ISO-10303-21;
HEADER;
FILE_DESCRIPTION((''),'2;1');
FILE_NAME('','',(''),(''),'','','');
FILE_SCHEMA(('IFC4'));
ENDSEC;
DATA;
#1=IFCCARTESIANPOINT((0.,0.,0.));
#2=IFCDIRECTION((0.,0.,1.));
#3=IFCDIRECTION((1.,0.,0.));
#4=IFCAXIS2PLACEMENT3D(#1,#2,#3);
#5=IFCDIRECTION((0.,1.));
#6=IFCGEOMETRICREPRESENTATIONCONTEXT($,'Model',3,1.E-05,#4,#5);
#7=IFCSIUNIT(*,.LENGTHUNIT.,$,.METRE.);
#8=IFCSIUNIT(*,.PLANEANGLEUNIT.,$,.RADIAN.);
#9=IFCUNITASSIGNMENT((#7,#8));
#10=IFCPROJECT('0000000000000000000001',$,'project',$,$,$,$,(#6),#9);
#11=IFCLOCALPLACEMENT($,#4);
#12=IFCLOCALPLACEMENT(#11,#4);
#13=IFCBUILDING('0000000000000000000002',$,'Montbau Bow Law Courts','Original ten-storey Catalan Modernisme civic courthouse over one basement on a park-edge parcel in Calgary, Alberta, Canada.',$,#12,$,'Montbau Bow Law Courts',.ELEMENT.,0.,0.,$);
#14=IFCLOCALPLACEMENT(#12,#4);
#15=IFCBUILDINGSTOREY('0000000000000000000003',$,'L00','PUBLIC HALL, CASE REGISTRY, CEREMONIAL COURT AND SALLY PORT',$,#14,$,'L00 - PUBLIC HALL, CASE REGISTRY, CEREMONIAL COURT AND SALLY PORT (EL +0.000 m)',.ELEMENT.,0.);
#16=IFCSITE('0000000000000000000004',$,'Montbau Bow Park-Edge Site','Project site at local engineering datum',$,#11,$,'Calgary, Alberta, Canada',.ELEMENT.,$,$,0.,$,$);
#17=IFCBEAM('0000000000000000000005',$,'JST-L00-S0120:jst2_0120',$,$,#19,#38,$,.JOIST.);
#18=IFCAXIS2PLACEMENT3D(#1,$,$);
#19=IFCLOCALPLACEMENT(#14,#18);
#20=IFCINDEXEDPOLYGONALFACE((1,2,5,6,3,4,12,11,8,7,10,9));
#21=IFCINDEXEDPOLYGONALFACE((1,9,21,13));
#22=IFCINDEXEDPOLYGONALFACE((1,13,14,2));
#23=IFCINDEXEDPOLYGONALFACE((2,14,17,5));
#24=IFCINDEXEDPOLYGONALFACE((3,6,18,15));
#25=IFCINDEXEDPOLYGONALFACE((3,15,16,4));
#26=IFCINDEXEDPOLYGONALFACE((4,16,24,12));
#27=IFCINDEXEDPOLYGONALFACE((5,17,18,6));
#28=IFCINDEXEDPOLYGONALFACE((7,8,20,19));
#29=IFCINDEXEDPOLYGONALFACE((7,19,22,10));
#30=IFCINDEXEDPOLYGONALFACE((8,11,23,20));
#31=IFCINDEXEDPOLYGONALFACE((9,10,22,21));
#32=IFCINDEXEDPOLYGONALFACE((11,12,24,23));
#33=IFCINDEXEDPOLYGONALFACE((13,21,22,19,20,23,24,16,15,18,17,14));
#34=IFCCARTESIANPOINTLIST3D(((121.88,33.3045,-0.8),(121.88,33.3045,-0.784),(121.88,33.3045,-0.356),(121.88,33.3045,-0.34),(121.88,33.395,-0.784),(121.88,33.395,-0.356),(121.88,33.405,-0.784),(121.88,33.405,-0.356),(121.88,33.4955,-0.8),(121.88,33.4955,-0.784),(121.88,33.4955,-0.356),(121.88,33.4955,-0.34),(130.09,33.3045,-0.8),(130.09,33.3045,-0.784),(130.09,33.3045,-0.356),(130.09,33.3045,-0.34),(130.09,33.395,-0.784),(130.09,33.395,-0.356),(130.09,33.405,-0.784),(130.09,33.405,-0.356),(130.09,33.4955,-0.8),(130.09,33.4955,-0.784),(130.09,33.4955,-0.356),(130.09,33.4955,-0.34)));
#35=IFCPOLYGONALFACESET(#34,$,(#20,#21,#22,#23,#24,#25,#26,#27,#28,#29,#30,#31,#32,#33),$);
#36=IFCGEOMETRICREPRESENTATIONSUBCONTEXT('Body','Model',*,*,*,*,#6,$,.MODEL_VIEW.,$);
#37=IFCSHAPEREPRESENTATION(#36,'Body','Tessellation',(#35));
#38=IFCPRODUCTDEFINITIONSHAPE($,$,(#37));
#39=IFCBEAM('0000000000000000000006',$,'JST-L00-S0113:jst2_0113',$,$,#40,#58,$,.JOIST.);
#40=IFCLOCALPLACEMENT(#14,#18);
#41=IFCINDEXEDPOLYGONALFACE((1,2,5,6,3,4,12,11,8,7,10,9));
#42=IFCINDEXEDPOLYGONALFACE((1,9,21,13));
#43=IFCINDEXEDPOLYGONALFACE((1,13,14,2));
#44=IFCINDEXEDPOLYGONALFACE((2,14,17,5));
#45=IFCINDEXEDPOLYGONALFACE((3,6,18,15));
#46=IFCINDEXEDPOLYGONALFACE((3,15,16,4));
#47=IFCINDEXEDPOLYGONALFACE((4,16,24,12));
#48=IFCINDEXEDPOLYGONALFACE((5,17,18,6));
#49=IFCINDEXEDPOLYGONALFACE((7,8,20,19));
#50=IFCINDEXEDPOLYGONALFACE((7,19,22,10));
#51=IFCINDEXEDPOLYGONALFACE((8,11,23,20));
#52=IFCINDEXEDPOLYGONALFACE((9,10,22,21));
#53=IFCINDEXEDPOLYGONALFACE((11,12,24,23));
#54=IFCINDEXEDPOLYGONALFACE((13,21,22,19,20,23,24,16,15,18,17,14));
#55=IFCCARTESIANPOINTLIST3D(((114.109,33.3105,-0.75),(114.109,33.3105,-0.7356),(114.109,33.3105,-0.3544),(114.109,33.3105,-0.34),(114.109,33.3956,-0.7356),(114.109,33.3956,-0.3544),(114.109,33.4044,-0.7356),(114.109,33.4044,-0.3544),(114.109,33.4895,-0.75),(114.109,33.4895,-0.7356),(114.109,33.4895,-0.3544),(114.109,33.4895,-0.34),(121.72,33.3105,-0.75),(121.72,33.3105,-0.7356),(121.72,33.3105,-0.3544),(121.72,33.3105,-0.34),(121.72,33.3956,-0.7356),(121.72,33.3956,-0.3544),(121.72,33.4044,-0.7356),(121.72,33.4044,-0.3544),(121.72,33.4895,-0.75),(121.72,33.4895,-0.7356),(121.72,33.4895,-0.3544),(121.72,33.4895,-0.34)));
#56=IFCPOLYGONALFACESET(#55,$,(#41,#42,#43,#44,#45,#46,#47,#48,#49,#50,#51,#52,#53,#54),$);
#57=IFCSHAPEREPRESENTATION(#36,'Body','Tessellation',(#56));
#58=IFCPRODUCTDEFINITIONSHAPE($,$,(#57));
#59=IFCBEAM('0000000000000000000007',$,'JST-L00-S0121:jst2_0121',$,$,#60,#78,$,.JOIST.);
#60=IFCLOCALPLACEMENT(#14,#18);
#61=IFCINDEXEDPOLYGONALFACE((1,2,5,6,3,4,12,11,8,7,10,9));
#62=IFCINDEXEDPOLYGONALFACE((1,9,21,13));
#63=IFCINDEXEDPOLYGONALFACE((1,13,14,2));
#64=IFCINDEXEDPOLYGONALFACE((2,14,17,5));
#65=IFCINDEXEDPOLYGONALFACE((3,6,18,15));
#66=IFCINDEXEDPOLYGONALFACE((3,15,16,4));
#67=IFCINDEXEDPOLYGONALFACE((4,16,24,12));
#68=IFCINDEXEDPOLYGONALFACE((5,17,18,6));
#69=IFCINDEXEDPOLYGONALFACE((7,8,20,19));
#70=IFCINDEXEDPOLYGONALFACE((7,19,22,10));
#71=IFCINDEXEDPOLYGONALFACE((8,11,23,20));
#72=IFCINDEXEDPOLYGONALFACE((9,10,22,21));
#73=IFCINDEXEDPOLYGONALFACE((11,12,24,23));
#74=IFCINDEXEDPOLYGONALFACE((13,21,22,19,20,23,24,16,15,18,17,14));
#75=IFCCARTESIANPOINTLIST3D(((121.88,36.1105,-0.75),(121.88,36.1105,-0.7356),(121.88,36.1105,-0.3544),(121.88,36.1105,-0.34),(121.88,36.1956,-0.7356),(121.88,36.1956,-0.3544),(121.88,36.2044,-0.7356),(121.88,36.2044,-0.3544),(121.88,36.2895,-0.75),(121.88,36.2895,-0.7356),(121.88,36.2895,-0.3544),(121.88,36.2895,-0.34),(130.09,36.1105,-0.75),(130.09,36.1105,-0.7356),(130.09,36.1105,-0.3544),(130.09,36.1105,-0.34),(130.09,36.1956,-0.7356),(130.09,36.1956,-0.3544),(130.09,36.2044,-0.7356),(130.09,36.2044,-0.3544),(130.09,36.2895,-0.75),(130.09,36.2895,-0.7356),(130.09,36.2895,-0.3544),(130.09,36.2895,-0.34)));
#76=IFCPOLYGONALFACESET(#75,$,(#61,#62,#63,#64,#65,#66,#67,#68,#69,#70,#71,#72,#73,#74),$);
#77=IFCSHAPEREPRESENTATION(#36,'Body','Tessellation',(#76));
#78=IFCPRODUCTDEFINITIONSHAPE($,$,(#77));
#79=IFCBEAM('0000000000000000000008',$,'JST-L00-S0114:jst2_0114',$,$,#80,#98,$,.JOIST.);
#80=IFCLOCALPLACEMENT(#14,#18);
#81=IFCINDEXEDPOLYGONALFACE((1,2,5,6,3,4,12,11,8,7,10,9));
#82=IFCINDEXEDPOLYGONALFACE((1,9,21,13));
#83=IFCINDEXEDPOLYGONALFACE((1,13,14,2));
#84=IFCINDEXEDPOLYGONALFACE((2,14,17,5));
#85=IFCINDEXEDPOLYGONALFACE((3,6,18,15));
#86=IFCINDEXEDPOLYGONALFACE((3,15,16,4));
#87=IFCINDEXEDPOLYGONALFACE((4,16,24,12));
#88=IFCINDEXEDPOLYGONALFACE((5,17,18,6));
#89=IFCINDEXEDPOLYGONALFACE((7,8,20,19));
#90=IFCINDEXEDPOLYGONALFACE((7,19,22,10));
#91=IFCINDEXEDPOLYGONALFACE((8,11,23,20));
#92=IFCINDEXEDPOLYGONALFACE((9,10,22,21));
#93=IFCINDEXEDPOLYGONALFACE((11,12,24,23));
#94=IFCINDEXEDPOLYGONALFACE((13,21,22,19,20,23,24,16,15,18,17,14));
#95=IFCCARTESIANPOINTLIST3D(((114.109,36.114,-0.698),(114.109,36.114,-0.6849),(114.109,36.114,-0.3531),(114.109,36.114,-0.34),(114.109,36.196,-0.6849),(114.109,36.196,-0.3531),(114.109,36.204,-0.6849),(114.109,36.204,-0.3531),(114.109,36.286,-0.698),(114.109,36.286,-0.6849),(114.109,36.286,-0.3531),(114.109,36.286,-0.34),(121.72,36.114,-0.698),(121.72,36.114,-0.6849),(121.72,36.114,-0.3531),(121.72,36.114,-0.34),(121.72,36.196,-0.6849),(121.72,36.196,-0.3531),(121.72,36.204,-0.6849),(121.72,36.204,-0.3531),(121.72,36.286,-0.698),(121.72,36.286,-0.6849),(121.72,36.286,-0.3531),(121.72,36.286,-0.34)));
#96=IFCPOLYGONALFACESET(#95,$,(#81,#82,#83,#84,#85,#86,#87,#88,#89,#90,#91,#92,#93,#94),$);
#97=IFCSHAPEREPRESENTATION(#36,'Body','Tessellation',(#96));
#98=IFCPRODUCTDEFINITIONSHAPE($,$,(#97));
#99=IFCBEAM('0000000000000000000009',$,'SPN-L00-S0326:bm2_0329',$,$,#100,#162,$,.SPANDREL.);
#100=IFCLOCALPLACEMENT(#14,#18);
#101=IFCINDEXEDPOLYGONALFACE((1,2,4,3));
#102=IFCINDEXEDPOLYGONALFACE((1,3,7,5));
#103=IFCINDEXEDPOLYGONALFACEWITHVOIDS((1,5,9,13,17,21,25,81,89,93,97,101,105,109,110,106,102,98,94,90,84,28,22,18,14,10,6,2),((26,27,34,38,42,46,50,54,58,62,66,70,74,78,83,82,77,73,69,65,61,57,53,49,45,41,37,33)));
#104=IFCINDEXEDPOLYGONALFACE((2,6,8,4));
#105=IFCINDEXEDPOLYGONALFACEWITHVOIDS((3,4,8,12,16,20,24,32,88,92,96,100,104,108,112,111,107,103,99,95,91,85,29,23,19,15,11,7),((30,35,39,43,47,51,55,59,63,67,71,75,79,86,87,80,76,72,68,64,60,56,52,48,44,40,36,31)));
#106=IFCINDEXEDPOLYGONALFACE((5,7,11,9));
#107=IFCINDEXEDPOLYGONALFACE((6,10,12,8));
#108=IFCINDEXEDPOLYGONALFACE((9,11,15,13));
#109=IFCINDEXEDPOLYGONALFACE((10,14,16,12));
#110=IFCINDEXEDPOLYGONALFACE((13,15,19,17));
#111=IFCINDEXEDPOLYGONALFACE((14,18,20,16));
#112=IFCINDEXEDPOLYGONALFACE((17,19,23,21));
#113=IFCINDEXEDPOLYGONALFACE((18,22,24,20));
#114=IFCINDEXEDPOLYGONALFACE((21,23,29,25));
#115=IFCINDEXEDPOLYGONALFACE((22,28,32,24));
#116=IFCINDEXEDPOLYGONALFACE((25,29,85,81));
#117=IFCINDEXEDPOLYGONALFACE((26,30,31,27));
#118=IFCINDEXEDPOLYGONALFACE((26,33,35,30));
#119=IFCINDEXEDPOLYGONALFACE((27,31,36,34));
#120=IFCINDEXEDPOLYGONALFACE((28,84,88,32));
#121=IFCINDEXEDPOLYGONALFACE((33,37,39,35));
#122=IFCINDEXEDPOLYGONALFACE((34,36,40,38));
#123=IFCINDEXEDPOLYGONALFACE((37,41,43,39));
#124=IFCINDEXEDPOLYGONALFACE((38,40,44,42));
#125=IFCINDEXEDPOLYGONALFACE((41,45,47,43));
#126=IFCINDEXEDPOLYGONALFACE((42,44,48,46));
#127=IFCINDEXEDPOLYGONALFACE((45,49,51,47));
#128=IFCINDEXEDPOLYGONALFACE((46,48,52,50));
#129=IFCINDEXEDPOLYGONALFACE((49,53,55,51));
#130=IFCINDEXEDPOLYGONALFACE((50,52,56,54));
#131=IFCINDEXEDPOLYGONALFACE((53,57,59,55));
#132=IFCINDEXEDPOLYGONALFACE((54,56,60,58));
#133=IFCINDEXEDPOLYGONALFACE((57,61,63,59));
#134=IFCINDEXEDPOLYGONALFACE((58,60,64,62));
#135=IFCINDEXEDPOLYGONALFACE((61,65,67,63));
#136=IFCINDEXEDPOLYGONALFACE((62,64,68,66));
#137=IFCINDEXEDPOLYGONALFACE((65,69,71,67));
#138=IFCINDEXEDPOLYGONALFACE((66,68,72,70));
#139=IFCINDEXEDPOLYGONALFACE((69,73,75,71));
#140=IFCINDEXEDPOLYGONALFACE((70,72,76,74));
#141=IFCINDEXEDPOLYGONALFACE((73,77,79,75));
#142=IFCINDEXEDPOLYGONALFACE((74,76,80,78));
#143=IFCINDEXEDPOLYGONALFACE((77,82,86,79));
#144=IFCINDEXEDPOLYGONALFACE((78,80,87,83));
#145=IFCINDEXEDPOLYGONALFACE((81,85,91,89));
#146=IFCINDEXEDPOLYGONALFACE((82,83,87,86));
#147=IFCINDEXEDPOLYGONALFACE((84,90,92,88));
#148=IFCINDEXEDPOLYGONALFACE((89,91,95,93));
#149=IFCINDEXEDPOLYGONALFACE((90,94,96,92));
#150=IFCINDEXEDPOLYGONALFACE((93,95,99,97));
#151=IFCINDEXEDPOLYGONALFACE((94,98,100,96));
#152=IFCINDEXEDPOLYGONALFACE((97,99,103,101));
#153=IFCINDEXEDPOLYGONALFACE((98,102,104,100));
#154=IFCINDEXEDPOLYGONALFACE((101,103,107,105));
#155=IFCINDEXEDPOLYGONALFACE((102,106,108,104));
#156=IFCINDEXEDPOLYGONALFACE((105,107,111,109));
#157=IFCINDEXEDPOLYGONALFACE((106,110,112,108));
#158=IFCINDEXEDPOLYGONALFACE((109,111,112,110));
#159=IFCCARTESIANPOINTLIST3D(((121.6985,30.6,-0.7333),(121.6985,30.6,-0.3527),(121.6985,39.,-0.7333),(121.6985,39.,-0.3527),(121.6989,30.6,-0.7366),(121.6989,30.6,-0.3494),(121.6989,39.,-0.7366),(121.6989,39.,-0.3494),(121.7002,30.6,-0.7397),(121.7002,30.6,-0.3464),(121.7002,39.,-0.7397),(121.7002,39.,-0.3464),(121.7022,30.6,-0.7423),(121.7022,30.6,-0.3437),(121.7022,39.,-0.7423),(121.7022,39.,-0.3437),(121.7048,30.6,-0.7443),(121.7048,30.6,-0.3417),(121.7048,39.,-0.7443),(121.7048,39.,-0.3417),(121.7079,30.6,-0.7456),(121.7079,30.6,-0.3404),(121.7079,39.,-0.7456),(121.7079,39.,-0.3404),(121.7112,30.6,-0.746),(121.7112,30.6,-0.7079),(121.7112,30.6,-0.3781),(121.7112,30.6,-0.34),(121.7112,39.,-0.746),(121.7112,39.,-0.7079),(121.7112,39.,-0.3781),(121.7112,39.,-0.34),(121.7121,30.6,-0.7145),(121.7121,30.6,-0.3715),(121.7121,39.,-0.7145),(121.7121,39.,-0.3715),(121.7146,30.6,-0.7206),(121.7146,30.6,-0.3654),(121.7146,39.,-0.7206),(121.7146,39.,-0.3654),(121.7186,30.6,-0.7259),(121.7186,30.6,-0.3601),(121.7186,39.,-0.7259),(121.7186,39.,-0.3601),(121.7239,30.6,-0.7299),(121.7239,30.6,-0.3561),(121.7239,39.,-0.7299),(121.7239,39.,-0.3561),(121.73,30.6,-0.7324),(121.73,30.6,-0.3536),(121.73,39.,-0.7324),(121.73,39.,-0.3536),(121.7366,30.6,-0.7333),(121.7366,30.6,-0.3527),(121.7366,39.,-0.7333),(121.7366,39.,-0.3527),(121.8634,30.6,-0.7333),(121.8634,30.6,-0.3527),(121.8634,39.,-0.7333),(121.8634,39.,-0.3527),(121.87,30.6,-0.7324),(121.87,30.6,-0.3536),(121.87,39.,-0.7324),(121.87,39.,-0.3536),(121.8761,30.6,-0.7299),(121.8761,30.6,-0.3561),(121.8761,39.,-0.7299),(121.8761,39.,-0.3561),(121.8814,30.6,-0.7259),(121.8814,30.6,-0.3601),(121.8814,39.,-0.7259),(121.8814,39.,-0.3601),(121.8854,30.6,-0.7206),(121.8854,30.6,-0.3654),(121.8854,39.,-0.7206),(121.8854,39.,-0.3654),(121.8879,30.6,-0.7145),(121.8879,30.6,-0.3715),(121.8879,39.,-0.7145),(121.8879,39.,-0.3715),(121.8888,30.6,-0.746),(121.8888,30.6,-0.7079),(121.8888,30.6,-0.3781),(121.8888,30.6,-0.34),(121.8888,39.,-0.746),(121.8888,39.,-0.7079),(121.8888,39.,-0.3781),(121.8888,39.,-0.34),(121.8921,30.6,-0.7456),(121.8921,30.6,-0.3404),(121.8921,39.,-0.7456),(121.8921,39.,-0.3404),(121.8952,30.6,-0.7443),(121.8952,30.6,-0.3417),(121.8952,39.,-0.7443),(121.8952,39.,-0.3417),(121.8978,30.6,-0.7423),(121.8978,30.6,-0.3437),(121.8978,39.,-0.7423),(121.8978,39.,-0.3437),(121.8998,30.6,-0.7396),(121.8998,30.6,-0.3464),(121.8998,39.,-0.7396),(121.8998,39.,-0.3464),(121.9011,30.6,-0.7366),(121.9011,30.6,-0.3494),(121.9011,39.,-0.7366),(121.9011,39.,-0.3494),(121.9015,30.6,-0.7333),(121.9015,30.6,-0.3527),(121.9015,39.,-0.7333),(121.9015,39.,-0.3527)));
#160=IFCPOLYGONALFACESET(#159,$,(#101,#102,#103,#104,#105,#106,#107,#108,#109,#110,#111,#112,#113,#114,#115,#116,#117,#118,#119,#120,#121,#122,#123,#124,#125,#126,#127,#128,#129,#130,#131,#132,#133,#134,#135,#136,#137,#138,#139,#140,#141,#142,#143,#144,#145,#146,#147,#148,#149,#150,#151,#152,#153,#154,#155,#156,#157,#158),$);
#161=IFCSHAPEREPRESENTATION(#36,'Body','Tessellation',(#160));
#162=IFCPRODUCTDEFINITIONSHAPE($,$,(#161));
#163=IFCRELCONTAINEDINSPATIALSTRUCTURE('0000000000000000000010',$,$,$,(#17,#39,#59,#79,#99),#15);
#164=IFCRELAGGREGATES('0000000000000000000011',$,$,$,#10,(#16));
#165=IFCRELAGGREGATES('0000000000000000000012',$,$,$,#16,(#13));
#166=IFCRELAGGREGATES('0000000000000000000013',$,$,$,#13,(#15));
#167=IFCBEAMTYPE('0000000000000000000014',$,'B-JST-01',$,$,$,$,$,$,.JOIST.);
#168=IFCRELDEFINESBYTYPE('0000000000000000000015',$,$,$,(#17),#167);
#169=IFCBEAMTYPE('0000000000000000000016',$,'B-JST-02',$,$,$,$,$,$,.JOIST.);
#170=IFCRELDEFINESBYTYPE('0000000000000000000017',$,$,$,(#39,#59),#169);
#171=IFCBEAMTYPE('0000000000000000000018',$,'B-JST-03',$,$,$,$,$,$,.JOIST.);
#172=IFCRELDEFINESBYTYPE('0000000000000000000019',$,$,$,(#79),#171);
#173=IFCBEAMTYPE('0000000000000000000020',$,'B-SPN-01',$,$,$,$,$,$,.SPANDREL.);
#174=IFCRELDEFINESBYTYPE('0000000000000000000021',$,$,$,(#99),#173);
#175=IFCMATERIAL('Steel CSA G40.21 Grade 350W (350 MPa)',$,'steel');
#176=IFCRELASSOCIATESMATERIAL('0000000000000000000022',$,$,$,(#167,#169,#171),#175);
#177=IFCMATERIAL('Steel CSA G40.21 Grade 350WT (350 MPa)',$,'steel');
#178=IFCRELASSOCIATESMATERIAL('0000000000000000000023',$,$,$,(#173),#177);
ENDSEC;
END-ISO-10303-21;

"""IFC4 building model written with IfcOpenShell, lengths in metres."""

from ifc_helpers import new_model, si_unit, direction, frame, origin_with_axes, origin_2d_with_axis, place, context, subcontext, project, spatial, hollow_rectangle, i_section, extrude, material, material_profile, profile_set, type_object, element, save


model = new_model("IFC4")

# Units and contexts
model_context = context("Model", 3, precision=1e-05, world=origin_with_axes(), true_north=direction((0.0, 1.0)))
body_context = subcontext(model_context, "Body", "Model", "MODEL_VIEW")
ifc_project = project(units=[si_unit("LENGTHUNIT", "METRE"), si_unit("PLANEANGLEUNIT", "RADIAN")], contexts=[model_context])

# Site, building, storey
site_placement = place(None, origin_with_axes())
site = spatial("IfcSite", under=ifc_project, at=site_placement, Name="Montbau Bow Park-Edge Site", Description="Project site at local engineering datum", LongName="Calgary, Alberta, Canada", CompositionType="ELEMENT", RefElevation=0.0)
building_placement = place(site_placement, origin_with_axes())
building = spatial("IfcBuilding", under=site, at=building_placement, Name="Montbau Bow Law Courts", Description="Original ten-storey Catalan Modernisme civic courthouse over one basement on a park-edge parcel in Calgary, Alberta, Canada.", LongName="Montbau Bow Law Courts", CompositionType="ELEMENT", ElevationOfRefHeight=0.0, ElevationOfTerrain=0.0)
storey_placement = place(building_placement, origin_with_axes())
storey = spatial("IfcBuildingStorey", under=building, at=storey_placement, Name="L00", Description="PUBLIC HALL, CASE REGISTRY, CEREMONIAL COURT AND SALLY PORT", LongName="L00 - PUBLIC HALL, CASE REGISTRY, CEREMONIAL COURT AND SALLY PORT (EL +0.000 m)", CompositionType="ELEMENT", Elevation=0.0)

# Beams
ifc_material_1 = material(Name="Steel CSA G40.21 Grade 350W (350 MPa)", Category="steel")
ifc_material_profile_1 = material_profile(ifc_material_1, i_section(OverallWidth=0.191, OverallDepth=0.46, WebThickness=0.0099, FlangeThickness=0.016, at=origin_2d_with_axis()), Name="W460X82", Category="Main", Priority=0)
ifc_profile_set_1 = profile_set([ifc_material_profile_1], Name="Steel CSA G40.21 Grade 350W (350 MPa)")
beam_type_1 = type_object("IfcBeamType", Name="B-JST-01", PredefinedType="JOIST", material=ifc_profile_set_1)
beam_1_placement = place(None, frame((121.88, 33.4, -0.57), z_axis=(1.0, 0.0, 0.0), x_axis=(0.0, 1.0, 0.0)))
element("IfcBeam", 1, at=beam_1_placement, inside=storey, type_object=beam_type_1, Name="JST-L00-S0120:jst2_0120", PredefinedType="JOIST", context=body_context, shape_type="SweptSolid", body=[
    extrude(i_section(OverallWidth=0.191, OverallDepth=0.46, WebThickness=0.0099, FlangeThickness=0.016, at=origin_2d_with_axis()), origin_with_axes(), (0.0, 0.0, 1.0), 8.21),
])
ifc_material_profile_2 = material_profile(ifc_material_1, i_section(OverallWidth=0.179, OverallDepth=0.41, WebThickness=0.0088, FlangeThickness=0.0144, at=origin_2d_with_axis()), Name="W410X67", Category="Main", Priority=0)
ifc_profile_set_2 = profile_set([ifc_material_profile_2], Name="Steel CSA G40.21 Grade 350W (350 MPa)")
beam_type_2 = type_object("IfcBeamType", Name="B-JST-02", PredefinedType="JOIST", material=ifc_profile_set_2)
beam_2_placement = place(None, frame((114.109, 33.4, -0.545), z_axis=(1.0, 0.0, 0.0), x_axis=(0.0, 1.0, 0.0)))
element("IfcBeam", 2, at=beam_2_placement, inside=storey, type_object=beam_type_2, Name="JST-L00-S0113:jst2_0113", PredefinedType="JOIST", context=body_context, shape_type="SweptSolid", body=[
    extrude(i_section(OverallWidth=0.179, OverallDepth=0.41, WebThickness=0.0088, FlangeThickness=0.0144, at=origin_2d_with_axis()), origin_with_axes(), (0.0, 0.0, 1.0), 7.611),
])
beam_3_placement = place(None, frame((121.88, 36.2, -0.545), z_axis=(1.0, 0.0, 0.0), x_axis=(0.0, 1.0, 0.0)))
element("IfcBeam", 3, at=beam_3_placement, inside=storey, type_object=beam_type_2, Name="JST-L00-S0121:jst2_0121", PredefinedType="JOIST", context=body_context, shape_type="SweptSolid", body=[
    extrude(i_section(OverallWidth=0.179, OverallDepth=0.41, WebThickness=0.0088, FlangeThickness=0.0144, at=origin_2d_with_axis()), origin_with_axes(), (0.0, 0.0, 1.0), 8.21),
])
ifc_material_profile_3 = material_profile(ifc_material_1, i_section(OverallWidth=0.172, OverallDepth=0.358, WebThickness=0.0079, FlangeThickness=0.0131, at=origin_2d_with_axis()), Name="W360X57", Category="Main", Priority=0)
ifc_profile_set_3 = profile_set([ifc_material_profile_3], Name="Steel CSA G40.21 Grade 350W (350 MPa)")
beam_type_3 = type_object("IfcBeamType", Name="B-JST-03", PredefinedType="JOIST", material=ifc_profile_set_3)
beam_4_placement = place(None, frame((114.109, 36.2, -0.519), z_axis=(1.0, 0.0, 0.0), x_axis=(0.0, 1.0, 0.0)))
element("IfcBeam", 4, at=beam_4_placement, inside=storey, type_object=beam_type_3, Name="JST-L00-S0114:jst2_0114", PredefinedType="JOIST", context=body_context, shape_type="SweptSolid", body=[
    extrude(i_section(OverallWidth=0.172, OverallDepth=0.358, WebThickness=0.0079, FlangeThickness=0.0131, at=origin_2d_with_axis()), origin_with_axes(), (0.0, 0.0, 1.0), 7.611),
])
ifc_material_2 = material(Name="Steel CSA G40.21 Grade 350WT (350 MPa)", Category="steel")
ifc_material_profile_4 = material_profile(ifc_material_2, hollow_rectangle(XDim=0.203, YDim=0.406, WallThickness=0.0127, InnerFilletRadius=0.0254, OuterFilletRadius=0.0127, at=origin_2d_with_axis()), Name="HSS406X203X13", Category="Main", Priority=0)
ifc_profile_set_4 = profile_set([ifc_material_profile_4], Name="Steel CSA G40.21 Grade 350WT (350 MPa)")
beam_type_4 = type_object("IfcBeamType", Name="B-SPN-01", PredefinedType="SPANDREL", material=ifc_profile_set_4)
beam_5_placement = place(None, frame((121.8, 30.6, -0.543), z_axis=(0.0, 1.0, 0.0), x_axis=(-1.0, 0.0, 0.0)))
element("IfcBeam", 5, at=beam_5_placement, inside=storey, type_object=beam_type_4, Name="SPN-L00-S0326:bm2_0329", PredefinedType="SPANDREL", context=body_context, shape_type="SweptSolid", body=[
    extrude(hollow_rectangle(XDim=0.203, YDim=0.406, WallThickness=0.0127, InnerFilletRadius=0.0254, OuterFilletRadius=0.0127, at=origin_2d_with_axis()), origin_with_axes(), (0.0, 0.0, 1.0), 8.4),
])

save(model, "model.ifc")
